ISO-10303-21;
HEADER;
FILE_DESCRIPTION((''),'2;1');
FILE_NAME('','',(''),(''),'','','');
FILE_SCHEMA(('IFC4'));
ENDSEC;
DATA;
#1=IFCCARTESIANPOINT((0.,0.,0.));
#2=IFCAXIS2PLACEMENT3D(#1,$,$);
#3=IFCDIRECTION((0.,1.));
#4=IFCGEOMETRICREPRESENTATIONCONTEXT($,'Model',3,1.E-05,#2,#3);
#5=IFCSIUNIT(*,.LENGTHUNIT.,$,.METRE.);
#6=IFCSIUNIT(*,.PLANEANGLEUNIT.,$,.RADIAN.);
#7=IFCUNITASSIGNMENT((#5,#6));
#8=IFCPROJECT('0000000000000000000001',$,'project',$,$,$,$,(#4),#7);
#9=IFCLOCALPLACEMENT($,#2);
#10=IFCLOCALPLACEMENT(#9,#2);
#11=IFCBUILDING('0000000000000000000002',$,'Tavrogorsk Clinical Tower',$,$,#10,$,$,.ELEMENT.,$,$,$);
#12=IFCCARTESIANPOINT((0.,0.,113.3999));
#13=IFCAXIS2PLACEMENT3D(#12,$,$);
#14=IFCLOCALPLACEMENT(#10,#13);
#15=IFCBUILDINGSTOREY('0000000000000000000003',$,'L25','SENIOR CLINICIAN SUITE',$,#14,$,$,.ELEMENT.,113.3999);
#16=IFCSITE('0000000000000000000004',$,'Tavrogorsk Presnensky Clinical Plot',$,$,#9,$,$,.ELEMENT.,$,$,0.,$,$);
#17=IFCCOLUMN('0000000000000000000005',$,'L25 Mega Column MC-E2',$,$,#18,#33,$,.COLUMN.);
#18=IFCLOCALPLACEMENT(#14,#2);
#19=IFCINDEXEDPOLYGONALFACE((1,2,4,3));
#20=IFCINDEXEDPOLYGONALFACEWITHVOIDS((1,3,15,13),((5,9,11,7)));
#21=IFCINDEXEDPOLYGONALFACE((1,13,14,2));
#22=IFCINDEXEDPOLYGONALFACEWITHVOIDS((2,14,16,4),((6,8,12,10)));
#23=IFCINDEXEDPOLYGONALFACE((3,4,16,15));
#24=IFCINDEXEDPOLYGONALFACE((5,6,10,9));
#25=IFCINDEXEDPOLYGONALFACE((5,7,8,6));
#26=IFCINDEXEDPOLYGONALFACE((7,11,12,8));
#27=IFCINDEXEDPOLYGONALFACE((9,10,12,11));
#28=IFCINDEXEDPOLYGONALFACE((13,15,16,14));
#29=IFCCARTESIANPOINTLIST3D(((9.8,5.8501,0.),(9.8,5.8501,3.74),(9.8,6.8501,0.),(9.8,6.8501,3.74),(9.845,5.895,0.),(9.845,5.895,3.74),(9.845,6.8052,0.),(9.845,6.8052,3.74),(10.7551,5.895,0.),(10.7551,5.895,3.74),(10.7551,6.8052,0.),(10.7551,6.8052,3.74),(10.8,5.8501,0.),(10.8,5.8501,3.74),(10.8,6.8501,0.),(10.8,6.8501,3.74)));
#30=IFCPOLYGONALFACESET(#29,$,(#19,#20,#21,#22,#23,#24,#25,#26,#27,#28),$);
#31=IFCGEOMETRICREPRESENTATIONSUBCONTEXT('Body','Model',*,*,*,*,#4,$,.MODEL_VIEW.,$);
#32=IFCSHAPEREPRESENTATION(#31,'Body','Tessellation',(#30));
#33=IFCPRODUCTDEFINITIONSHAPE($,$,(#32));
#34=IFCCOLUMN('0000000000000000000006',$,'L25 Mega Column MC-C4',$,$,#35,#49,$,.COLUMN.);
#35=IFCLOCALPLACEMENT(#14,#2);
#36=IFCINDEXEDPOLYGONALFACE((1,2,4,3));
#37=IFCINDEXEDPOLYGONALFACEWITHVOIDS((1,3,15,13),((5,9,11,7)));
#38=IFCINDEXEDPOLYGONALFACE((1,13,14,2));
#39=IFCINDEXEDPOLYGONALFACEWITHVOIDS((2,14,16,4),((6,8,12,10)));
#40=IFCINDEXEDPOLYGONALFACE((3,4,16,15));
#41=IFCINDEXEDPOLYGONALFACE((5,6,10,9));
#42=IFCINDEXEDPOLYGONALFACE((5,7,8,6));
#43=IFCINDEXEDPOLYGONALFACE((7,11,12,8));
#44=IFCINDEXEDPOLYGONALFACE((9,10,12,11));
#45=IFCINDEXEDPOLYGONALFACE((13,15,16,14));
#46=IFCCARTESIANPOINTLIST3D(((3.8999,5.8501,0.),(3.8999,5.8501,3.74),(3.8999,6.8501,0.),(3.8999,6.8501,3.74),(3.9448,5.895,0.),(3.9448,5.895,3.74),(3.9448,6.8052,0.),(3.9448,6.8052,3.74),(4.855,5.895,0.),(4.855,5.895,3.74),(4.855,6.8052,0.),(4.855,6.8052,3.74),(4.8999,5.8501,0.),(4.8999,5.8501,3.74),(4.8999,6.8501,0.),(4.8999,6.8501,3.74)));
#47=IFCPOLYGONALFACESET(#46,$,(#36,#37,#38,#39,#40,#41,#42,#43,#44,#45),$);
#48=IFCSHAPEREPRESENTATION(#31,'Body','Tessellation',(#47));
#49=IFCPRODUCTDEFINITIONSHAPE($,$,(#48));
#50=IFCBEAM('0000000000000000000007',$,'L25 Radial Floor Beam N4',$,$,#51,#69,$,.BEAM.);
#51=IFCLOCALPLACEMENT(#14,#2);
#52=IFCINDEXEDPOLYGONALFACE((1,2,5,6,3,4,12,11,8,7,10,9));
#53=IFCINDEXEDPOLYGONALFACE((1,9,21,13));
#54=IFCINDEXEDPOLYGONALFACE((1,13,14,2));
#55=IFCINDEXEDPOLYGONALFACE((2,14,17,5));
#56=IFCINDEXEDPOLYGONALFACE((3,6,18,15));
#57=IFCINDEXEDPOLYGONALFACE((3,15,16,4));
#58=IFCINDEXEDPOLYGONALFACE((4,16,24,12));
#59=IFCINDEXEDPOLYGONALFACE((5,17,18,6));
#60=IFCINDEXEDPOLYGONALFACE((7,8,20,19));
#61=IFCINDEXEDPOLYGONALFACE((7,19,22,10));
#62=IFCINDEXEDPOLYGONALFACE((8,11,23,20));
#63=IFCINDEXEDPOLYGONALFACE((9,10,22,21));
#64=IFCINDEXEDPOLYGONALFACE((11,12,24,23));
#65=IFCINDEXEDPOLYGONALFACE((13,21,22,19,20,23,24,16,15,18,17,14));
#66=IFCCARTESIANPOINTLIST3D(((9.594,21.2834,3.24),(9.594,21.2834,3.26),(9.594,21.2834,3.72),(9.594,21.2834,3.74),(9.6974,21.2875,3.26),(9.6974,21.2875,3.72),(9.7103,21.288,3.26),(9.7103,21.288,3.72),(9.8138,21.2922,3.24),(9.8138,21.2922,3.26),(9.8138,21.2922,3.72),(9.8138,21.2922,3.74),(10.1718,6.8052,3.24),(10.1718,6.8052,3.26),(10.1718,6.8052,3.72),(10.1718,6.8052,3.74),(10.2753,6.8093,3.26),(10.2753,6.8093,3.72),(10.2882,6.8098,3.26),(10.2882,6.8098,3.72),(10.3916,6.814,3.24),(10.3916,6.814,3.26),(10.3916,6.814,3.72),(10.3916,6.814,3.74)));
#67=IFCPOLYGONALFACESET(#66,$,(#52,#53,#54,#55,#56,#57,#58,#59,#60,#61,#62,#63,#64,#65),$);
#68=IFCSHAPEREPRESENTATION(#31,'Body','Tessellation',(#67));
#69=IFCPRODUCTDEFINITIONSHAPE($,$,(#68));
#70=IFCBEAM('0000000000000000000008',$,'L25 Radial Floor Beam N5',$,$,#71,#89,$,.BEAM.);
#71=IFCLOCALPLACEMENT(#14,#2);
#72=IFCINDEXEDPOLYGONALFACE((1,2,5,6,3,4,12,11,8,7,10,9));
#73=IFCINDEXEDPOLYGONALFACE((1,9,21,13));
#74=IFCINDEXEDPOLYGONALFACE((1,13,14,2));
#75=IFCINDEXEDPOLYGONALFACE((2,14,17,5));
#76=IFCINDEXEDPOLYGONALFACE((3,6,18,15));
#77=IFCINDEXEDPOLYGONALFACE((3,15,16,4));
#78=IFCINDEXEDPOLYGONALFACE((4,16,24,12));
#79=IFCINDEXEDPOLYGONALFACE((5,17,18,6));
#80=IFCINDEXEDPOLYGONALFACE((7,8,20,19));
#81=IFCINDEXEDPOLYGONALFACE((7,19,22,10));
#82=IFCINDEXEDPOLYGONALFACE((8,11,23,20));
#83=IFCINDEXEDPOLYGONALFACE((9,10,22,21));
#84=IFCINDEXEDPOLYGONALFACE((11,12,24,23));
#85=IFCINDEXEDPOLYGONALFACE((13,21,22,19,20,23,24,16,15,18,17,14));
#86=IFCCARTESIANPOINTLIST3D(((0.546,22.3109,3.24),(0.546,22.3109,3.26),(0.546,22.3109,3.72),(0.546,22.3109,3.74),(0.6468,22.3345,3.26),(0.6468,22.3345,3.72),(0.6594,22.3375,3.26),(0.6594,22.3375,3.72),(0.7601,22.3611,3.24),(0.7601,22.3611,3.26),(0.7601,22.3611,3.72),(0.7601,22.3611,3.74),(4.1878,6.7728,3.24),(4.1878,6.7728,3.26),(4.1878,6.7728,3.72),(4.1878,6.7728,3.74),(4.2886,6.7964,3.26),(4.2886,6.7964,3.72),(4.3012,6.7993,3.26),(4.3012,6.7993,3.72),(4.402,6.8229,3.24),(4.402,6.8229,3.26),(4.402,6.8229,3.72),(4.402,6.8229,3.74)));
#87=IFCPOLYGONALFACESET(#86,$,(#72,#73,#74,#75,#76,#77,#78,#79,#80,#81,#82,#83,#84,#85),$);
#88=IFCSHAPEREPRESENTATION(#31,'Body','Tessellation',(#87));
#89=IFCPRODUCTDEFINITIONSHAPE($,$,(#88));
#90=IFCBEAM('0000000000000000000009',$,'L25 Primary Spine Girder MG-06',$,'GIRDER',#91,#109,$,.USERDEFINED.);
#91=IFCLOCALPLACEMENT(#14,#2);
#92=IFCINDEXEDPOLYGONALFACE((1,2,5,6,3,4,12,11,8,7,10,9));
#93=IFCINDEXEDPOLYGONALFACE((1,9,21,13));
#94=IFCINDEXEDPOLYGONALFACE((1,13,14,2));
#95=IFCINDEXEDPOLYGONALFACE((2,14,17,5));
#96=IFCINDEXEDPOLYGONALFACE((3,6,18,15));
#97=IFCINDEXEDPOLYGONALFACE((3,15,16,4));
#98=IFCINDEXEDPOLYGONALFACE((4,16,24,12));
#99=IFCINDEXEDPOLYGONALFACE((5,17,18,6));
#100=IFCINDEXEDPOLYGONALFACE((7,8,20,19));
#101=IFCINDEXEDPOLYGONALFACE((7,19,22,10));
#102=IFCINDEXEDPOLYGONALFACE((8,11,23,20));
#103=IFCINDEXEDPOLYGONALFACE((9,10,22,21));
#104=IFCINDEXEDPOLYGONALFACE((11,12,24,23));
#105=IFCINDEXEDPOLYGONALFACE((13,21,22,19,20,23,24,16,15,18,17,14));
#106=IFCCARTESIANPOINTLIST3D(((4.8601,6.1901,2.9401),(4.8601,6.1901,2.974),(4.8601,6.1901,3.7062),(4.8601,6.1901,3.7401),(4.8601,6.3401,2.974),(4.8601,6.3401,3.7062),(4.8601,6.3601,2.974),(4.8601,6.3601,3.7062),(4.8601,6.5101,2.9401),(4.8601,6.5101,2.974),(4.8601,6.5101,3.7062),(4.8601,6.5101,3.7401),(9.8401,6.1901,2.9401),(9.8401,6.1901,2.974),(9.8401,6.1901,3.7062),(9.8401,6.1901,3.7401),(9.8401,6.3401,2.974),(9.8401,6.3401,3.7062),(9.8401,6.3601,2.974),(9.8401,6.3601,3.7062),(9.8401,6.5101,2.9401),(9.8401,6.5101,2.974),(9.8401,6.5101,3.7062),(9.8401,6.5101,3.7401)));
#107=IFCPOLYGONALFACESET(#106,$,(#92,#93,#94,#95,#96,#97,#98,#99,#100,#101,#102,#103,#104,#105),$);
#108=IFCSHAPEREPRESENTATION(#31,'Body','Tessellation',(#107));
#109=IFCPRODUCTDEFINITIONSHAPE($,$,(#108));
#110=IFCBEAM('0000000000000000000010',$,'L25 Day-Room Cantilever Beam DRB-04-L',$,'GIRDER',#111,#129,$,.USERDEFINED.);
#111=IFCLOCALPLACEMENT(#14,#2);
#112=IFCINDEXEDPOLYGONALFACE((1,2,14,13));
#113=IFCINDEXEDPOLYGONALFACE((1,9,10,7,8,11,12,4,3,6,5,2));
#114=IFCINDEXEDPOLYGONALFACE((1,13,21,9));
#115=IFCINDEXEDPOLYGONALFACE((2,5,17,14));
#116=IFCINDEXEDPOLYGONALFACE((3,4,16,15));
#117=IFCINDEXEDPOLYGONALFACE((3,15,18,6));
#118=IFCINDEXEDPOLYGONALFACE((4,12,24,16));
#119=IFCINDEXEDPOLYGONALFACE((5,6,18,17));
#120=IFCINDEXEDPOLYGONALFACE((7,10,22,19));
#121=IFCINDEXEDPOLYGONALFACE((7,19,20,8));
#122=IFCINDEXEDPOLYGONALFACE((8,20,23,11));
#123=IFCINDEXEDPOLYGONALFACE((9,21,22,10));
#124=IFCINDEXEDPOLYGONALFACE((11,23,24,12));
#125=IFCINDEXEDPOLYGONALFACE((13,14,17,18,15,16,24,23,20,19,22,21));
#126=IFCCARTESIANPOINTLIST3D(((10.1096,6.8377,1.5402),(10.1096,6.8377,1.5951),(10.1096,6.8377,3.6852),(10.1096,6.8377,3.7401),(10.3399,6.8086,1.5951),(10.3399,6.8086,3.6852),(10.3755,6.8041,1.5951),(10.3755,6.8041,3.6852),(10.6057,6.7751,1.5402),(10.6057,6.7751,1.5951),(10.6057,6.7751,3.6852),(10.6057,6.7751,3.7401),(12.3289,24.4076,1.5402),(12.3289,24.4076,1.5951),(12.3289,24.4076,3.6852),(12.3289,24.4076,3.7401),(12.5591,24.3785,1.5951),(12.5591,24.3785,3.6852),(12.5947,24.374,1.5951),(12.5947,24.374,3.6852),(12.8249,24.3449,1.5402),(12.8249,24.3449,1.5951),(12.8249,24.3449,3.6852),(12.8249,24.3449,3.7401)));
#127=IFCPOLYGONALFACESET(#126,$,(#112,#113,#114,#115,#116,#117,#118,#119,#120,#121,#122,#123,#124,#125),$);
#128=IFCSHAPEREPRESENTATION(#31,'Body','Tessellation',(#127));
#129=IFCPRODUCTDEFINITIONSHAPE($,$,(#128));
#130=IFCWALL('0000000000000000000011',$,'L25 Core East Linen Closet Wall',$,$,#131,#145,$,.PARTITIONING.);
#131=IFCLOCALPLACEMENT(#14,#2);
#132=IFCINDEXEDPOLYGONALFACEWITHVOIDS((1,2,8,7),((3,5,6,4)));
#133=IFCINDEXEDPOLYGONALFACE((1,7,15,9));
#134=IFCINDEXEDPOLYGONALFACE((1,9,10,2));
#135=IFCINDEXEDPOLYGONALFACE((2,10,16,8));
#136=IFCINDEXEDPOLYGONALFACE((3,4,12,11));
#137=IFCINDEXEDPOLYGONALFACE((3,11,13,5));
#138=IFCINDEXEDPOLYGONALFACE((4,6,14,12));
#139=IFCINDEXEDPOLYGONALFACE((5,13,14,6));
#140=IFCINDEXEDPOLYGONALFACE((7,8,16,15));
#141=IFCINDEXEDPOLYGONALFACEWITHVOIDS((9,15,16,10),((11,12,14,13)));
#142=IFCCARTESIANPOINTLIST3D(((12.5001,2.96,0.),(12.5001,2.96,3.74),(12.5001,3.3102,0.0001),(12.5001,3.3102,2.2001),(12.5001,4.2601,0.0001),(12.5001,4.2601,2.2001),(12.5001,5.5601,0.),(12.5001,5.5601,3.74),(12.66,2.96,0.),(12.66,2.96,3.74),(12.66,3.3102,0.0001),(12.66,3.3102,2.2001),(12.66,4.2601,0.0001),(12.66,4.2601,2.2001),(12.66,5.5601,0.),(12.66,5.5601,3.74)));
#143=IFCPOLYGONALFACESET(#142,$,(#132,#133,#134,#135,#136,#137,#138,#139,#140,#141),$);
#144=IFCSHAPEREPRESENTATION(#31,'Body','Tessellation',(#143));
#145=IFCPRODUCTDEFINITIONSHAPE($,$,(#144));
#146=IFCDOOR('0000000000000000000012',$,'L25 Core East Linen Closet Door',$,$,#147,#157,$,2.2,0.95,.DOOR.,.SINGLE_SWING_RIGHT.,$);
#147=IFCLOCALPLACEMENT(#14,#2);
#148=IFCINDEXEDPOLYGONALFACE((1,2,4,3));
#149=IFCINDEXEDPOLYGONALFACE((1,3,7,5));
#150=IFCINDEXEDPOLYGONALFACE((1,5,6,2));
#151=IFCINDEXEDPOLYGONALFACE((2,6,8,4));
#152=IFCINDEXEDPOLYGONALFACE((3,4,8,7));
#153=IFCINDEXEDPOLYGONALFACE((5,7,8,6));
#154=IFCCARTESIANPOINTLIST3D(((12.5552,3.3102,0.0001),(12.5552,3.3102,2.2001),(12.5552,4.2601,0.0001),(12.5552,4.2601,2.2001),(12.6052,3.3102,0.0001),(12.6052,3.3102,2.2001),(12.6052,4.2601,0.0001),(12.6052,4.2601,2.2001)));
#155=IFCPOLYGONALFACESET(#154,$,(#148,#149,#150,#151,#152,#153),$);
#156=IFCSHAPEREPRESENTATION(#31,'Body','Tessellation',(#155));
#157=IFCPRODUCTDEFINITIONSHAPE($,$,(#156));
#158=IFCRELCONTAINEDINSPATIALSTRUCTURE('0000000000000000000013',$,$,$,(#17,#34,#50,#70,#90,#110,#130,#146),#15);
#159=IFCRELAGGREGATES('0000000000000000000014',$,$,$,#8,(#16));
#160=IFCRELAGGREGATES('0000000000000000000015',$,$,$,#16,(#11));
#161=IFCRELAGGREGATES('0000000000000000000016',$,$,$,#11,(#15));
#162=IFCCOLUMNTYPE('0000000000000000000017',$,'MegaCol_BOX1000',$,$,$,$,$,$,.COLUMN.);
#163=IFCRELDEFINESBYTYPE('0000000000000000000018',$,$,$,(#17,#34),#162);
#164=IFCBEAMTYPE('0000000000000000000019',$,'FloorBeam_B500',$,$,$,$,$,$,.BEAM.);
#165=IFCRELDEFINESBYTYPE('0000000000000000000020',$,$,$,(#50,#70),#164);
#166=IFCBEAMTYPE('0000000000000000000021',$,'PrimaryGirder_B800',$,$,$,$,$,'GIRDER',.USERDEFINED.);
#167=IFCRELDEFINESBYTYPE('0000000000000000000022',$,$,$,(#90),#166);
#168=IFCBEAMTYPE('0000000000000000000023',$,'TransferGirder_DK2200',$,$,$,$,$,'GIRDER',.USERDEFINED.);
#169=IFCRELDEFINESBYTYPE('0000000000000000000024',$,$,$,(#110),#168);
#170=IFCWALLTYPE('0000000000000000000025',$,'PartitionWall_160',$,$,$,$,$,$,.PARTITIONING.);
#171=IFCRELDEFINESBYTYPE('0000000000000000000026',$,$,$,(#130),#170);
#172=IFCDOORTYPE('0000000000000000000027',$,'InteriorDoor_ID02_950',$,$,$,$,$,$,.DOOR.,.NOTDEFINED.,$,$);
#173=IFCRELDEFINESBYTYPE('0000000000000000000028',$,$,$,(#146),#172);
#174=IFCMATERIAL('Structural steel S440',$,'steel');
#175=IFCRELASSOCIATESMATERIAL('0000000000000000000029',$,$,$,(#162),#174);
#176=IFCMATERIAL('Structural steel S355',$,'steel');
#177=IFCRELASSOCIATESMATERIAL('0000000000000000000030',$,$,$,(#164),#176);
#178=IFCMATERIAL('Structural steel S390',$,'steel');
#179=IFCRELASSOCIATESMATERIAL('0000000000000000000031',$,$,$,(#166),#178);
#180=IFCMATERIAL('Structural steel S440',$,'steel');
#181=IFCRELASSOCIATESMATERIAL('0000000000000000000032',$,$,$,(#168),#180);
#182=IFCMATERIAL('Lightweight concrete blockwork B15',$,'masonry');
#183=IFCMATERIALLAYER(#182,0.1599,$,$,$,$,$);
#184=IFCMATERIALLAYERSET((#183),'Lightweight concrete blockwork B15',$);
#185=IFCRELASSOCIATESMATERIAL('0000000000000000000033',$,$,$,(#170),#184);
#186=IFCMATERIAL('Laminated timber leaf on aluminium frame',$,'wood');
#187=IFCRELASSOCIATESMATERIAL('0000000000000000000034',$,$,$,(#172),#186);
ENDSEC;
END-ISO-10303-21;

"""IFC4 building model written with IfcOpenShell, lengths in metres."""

from ifc_helpers import new_model, si_unit, direction, frame, frame_2d, origin, origin_2d, place, context, subcontext, project, spatial, rectangle, hollow_rectangle, i_section, extrude, material, layer, layer_set, material_profile, profile_set, type_object, element, fill, save


model = new_model("IFC4")

# Units and contexts
model_context = context("Model", 3, precision=1e-05, world=origin(), true_north=direction((0.0, 1.0)))
body_context = subcontext(model_context, "Body", "Model", "MODEL_VIEW")
ifc_project = project(units=[si_unit("LENGTHUNIT", "METRE"), si_unit("PLANEANGLEUNIT", "RADIAN")], contexts=[model_context])

# Site, building, storey
site_placement = place(None, origin())
site = spatial("IfcSite", under=ifc_project, at=site_placement, Name="Tavrogorsk Presnensky Clinical Plot", CompositionType="ELEMENT", RefElevation=0.0)
building_placement = place(site_placement, origin())
building = spatial("IfcBuilding", under=site, at=building_placement, Name="Tavrogorsk Clinical Tower", CompositionType="ELEMENT")
storey_placement = place(building_placement, frame((0.0, 0.0, 113.3999)))
storey = spatial("IfcBuildingStorey", under=building, at=storey_placement, Name="L25", Description="SENIOR CLINICIAN SUITE", CompositionType="ELEMENT", Elevation=113.3999)

# Columns
ifc_material_1 = material(Name="Structural steel S440", Category="steel")
ifc_material_profile_1 = material_profile(ifc_material_1, hollow_rectangle(XDim=1.0, YDim=1.0, WallThickness=0.0449, at=origin_2d()), Name="BOX-1000x1000x45")
ifc_profile_set_1 = profile_set([ifc_material_profile_1], Name="Structural steel S440")
column_type = type_object("IfcColumnType", Name="MegaCol_BOX1000", PredefinedType="COLUMN", material=ifc_profile_set_1)
for number, where, z_axis, x_axis, name in (
    (1, (10.3, 6.3501, 0.0), (0.0, 0.0, 1.0), (1.0, 0.0, 0.0), "L25 Mega Column MC-E2"),
    (2, (4.3999, 6.3501, 0.0), (0.0, 0.0, 1.0), (1.0, 0.0, 0.0), "L25 Mega Column MC-C4"),
):
    element("IfcColumn", number, at=place(storey_placement, frame(where, z_axis=z_axis, x_axis=x_axis)), inside=storey, type_object=column_type, Name=name, PredefinedType="COLUMN", context=body_context, shape_type="SweptSolid", body=[
        extrude(hollow_rectangle(XDim=1.0, YDim=1.0, WallThickness=0.0449, at=origin_2d()), origin(), (0.0, 0.0, 1.0), 3.74),
    ])

# Beams
ifc_material_2 = material(Name="Structural steel S355", Category="steel")
ifc_material_profile_2 = material_profile(ifc_material_2, i_section(OverallWidth=0.22, OverallDepth=0.5, WebThickness=0.0129, FlangeThickness=0.02, at=origin_2d()), Name="B-500x220x13x20")
ifc_profile_set_2 = profile_set([ifc_material_profile_2], Name="Structural steel S355")
beam_type_1 = type_object("IfcBeamType", Name="FloorBeam_B500", PredefinedType="BEAM", material=ifc_profile_set_2)
beam_1_placement = place(storey_placement, frame((10.2817, 6.8096, 3.49), z_axis=(-0.039882, 0.999204, 0.0), x_axis=(-0.999204, -0.039882, 0.0)))
element("IfcBeam", 3, at=beam_1_placement, inside=storey, type_object=beam_type_1, Name="L25 Radial Floor Beam N4", PredefinedType="BEAM", context=body_context, shape_type="SweptSolid", body=[
    extrude(i_section(OverallWidth=0.22, OverallDepth=0.5, WebThickness=0.0129, FlangeThickness=0.02, at=origin_2d()), origin(), (0.0, 0.0, 1.0), 14.4897),
])
beam_2_placement = place(storey_placement, frame((4.2949, 6.7979, 3.49), z_axis=(-0.228198, 0.973615, 0.0), x_axis=(-0.973615, -0.228198, 0.0)))
element("IfcBeam", 4, at=beam_2_placement, inside=storey, type_object=beam_type_1, Name="L25 Radial Floor Beam N5", PredefinedType="BEAM", context=body_context, shape_type="SweptSolid", body=[
    extrude(i_section(OverallWidth=0.22, OverallDepth=0.5, WebThickness=0.0129, FlangeThickness=0.02, at=origin_2d()), origin(), (0.0, 0.0, 1.0), 15.9592),
])
ifc_material_3 = material(Name="Structural steel S390", Category="steel")
ifc_material_profile_3 = material_profile(ifc_material_3, i_section(OverallWidth=0.3201, OverallDepth=0.8, WebThickness=0.02, FlangeThickness=0.0339, at=origin_2d()), Name="B-800x320x20x34")
ifc_profile_set_3 = profile_set([ifc_material_profile_3], Name="Structural steel S390")
beam_type_2 = type_object("IfcBeamType", Name="PrimaryGirder_B800", ElementType="GIRDER", PredefinedType="USERDEFINED", material=ifc_profile_set_3)
beam_3_placement = place(storey_placement, frame((4.8601, 6.3501, 3.3401), z_axis=(1.0, 0.0, 0.0), x_axis=(0.0, 1.0, 0.0)))
element("IfcBeam", 5, at=beam_3_placement, inside=storey, type_object=beam_type_2, Name="L25 Primary Spine Girder MG-06", ObjectType="GIRDER", PredefinedType="USERDEFINED", context=body_context, shape_type="SweptSolid", body=[
    extrude(i_section(OverallWidth=0.3201, OverallDepth=0.8, WebThickness=0.02, FlangeThickness=0.0339, at=origin_2d()), origin(), (0.0, 0.0, 1.0), 4.98),
])
ifc_material_4 = material(Name="Structural steel S440", Category="steel")
ifc_material_profile_4 = material_profile(ifc_material_4, i_section(OverallWidth=0.5, OverallDepth=2.2, WebThickness=0.0359, FlangeThickness=0.0549, at=origin_2d()), Name="DK-2200x500x36x55")
ifc_profile_set_4 = profile_set([ifc_material_profile_4], Name="Structural steel S440")
beam_type_3 = type_object("IfcBeamType", Name="TransferGirder_DK2200", ElementType="GIRDER", PredefinedType="USERDEFINED", material=ifc_profile_set_4)
beam_4_placement = place(storey_placement, frame((10.3577, 6.8064, 2.6401), z_axis=(0.125314, 0.992117, 0.0), x_axis=(-0.992117, 0.125314, 0.0)))
element("IfcBeam", 6, at=beam_4_placement, inside=storey, type_object=beam_type_3, Name="L25 Day-Room Cantilever Beam DRB-04-L", ObjectType="GIRDER", PredefinedType="USERDEFINED", context=body_context, shape_type="SweptSolid", body=[
    extrude(i_section(OverallWidth=0.5, OverallDepth=2.2, WebThickness=0.0359, FlangeThickness=0.0549, at=origin_2d()), origin(), (0.0, 0.0, 1.0), 17.7095),
])

# Wall, opening, door
ifc_material_5 = material(Name="Lightweight concrete blockwork B15", Category="masonry")
ifc_layer_1 = layer(ifc_material_5, 0.1599)
ifc_layer_set_1 = layer_set([ifc_layer_1], Name="Lightweight concrete blockwork B15")
wall_type_1 = type_object("IfcWallType", Name="PartitionWall_160", PredefinedType="PARTITIONING", material=ifc_layer_set_1)
wall_1_placement = place(storey_placement, frame((12.5801, 2.96, 0.0), z_axis=(0.0, 0.0, 1.0), x_axis=(0.0, 1.0, 0.0)))
wall_1 = element("IfcWall", 7, at=wall_1_placement, inside=storey, type_object=wall_type_1, Name="L25 Core East Linen Closet Wall", PredefinedType="PARTITIONING", context=body_context, shape_type="SweptSolid", body=[
    extrude(rectangle(XDim=2.6001, YDim=0.1599, at=frame_2d((1.3, 0.0))), origin(), (0.0, 0.0, 1.0), 3.74),
])
opening_1_placement = place(wall_1_placement, frame((0.3501, 0.0, 0.0)))
opening_1 = element("IfcOpeningElement", 8, at=opening_1_placement, cuts=wall_1, PredefinedType="OPENING", context=body_context, shape_type="SweptSolid", body=[
    extrude(rectangle(XDim=0.95, YDim=2.2, at=frame_2d((0.4751, 1.1001))), frame((0.0, 0.0898, 0.0), z_axis=(0.0, -1.0, 0.0), x_axis=(1.0, 0.0, 0.0)), (0.0, 0.0, 1.0), 0.1799),
])
ifc_material_6 = material(Name="Laminated timber leaf on aluminium frame", Category="wood")
door_type_1 = type_object("IfcDoorType", Name="InteriorDoor_ID02_950", OperationType="NOTDEFINED", PredefinedType="DOOR", material=ifc_material_6)
door_1_placement = place(opening_1_placement, origin())
door_1 = element("IfcDoor", 9, at=door_1_placement, inside=storey, type_object=door_type_1, Name="L25 Core East Linen Closet Door", OperationType="SINGLE_SWING_RIGHT", OverallHeight=2.2, OverallWidth=0.95, PredefinedType="DOOR", context=body_context, shape_type="SweptSolid", body=[
    extrude(rectangle(XDim=0.95, YDim=2.2, at=frame_2d((0.4751, 1.1001))), frame((0.0, 0.0249, 0.0), z_axis=(0.0, -1.0, 0.0), x_axis=(1.0, 0.0, 0.0)), (0.0, 0.0, 1.0), 0.05),
])
fill(opening_1, door_1)

save(model, "model.ifc")
